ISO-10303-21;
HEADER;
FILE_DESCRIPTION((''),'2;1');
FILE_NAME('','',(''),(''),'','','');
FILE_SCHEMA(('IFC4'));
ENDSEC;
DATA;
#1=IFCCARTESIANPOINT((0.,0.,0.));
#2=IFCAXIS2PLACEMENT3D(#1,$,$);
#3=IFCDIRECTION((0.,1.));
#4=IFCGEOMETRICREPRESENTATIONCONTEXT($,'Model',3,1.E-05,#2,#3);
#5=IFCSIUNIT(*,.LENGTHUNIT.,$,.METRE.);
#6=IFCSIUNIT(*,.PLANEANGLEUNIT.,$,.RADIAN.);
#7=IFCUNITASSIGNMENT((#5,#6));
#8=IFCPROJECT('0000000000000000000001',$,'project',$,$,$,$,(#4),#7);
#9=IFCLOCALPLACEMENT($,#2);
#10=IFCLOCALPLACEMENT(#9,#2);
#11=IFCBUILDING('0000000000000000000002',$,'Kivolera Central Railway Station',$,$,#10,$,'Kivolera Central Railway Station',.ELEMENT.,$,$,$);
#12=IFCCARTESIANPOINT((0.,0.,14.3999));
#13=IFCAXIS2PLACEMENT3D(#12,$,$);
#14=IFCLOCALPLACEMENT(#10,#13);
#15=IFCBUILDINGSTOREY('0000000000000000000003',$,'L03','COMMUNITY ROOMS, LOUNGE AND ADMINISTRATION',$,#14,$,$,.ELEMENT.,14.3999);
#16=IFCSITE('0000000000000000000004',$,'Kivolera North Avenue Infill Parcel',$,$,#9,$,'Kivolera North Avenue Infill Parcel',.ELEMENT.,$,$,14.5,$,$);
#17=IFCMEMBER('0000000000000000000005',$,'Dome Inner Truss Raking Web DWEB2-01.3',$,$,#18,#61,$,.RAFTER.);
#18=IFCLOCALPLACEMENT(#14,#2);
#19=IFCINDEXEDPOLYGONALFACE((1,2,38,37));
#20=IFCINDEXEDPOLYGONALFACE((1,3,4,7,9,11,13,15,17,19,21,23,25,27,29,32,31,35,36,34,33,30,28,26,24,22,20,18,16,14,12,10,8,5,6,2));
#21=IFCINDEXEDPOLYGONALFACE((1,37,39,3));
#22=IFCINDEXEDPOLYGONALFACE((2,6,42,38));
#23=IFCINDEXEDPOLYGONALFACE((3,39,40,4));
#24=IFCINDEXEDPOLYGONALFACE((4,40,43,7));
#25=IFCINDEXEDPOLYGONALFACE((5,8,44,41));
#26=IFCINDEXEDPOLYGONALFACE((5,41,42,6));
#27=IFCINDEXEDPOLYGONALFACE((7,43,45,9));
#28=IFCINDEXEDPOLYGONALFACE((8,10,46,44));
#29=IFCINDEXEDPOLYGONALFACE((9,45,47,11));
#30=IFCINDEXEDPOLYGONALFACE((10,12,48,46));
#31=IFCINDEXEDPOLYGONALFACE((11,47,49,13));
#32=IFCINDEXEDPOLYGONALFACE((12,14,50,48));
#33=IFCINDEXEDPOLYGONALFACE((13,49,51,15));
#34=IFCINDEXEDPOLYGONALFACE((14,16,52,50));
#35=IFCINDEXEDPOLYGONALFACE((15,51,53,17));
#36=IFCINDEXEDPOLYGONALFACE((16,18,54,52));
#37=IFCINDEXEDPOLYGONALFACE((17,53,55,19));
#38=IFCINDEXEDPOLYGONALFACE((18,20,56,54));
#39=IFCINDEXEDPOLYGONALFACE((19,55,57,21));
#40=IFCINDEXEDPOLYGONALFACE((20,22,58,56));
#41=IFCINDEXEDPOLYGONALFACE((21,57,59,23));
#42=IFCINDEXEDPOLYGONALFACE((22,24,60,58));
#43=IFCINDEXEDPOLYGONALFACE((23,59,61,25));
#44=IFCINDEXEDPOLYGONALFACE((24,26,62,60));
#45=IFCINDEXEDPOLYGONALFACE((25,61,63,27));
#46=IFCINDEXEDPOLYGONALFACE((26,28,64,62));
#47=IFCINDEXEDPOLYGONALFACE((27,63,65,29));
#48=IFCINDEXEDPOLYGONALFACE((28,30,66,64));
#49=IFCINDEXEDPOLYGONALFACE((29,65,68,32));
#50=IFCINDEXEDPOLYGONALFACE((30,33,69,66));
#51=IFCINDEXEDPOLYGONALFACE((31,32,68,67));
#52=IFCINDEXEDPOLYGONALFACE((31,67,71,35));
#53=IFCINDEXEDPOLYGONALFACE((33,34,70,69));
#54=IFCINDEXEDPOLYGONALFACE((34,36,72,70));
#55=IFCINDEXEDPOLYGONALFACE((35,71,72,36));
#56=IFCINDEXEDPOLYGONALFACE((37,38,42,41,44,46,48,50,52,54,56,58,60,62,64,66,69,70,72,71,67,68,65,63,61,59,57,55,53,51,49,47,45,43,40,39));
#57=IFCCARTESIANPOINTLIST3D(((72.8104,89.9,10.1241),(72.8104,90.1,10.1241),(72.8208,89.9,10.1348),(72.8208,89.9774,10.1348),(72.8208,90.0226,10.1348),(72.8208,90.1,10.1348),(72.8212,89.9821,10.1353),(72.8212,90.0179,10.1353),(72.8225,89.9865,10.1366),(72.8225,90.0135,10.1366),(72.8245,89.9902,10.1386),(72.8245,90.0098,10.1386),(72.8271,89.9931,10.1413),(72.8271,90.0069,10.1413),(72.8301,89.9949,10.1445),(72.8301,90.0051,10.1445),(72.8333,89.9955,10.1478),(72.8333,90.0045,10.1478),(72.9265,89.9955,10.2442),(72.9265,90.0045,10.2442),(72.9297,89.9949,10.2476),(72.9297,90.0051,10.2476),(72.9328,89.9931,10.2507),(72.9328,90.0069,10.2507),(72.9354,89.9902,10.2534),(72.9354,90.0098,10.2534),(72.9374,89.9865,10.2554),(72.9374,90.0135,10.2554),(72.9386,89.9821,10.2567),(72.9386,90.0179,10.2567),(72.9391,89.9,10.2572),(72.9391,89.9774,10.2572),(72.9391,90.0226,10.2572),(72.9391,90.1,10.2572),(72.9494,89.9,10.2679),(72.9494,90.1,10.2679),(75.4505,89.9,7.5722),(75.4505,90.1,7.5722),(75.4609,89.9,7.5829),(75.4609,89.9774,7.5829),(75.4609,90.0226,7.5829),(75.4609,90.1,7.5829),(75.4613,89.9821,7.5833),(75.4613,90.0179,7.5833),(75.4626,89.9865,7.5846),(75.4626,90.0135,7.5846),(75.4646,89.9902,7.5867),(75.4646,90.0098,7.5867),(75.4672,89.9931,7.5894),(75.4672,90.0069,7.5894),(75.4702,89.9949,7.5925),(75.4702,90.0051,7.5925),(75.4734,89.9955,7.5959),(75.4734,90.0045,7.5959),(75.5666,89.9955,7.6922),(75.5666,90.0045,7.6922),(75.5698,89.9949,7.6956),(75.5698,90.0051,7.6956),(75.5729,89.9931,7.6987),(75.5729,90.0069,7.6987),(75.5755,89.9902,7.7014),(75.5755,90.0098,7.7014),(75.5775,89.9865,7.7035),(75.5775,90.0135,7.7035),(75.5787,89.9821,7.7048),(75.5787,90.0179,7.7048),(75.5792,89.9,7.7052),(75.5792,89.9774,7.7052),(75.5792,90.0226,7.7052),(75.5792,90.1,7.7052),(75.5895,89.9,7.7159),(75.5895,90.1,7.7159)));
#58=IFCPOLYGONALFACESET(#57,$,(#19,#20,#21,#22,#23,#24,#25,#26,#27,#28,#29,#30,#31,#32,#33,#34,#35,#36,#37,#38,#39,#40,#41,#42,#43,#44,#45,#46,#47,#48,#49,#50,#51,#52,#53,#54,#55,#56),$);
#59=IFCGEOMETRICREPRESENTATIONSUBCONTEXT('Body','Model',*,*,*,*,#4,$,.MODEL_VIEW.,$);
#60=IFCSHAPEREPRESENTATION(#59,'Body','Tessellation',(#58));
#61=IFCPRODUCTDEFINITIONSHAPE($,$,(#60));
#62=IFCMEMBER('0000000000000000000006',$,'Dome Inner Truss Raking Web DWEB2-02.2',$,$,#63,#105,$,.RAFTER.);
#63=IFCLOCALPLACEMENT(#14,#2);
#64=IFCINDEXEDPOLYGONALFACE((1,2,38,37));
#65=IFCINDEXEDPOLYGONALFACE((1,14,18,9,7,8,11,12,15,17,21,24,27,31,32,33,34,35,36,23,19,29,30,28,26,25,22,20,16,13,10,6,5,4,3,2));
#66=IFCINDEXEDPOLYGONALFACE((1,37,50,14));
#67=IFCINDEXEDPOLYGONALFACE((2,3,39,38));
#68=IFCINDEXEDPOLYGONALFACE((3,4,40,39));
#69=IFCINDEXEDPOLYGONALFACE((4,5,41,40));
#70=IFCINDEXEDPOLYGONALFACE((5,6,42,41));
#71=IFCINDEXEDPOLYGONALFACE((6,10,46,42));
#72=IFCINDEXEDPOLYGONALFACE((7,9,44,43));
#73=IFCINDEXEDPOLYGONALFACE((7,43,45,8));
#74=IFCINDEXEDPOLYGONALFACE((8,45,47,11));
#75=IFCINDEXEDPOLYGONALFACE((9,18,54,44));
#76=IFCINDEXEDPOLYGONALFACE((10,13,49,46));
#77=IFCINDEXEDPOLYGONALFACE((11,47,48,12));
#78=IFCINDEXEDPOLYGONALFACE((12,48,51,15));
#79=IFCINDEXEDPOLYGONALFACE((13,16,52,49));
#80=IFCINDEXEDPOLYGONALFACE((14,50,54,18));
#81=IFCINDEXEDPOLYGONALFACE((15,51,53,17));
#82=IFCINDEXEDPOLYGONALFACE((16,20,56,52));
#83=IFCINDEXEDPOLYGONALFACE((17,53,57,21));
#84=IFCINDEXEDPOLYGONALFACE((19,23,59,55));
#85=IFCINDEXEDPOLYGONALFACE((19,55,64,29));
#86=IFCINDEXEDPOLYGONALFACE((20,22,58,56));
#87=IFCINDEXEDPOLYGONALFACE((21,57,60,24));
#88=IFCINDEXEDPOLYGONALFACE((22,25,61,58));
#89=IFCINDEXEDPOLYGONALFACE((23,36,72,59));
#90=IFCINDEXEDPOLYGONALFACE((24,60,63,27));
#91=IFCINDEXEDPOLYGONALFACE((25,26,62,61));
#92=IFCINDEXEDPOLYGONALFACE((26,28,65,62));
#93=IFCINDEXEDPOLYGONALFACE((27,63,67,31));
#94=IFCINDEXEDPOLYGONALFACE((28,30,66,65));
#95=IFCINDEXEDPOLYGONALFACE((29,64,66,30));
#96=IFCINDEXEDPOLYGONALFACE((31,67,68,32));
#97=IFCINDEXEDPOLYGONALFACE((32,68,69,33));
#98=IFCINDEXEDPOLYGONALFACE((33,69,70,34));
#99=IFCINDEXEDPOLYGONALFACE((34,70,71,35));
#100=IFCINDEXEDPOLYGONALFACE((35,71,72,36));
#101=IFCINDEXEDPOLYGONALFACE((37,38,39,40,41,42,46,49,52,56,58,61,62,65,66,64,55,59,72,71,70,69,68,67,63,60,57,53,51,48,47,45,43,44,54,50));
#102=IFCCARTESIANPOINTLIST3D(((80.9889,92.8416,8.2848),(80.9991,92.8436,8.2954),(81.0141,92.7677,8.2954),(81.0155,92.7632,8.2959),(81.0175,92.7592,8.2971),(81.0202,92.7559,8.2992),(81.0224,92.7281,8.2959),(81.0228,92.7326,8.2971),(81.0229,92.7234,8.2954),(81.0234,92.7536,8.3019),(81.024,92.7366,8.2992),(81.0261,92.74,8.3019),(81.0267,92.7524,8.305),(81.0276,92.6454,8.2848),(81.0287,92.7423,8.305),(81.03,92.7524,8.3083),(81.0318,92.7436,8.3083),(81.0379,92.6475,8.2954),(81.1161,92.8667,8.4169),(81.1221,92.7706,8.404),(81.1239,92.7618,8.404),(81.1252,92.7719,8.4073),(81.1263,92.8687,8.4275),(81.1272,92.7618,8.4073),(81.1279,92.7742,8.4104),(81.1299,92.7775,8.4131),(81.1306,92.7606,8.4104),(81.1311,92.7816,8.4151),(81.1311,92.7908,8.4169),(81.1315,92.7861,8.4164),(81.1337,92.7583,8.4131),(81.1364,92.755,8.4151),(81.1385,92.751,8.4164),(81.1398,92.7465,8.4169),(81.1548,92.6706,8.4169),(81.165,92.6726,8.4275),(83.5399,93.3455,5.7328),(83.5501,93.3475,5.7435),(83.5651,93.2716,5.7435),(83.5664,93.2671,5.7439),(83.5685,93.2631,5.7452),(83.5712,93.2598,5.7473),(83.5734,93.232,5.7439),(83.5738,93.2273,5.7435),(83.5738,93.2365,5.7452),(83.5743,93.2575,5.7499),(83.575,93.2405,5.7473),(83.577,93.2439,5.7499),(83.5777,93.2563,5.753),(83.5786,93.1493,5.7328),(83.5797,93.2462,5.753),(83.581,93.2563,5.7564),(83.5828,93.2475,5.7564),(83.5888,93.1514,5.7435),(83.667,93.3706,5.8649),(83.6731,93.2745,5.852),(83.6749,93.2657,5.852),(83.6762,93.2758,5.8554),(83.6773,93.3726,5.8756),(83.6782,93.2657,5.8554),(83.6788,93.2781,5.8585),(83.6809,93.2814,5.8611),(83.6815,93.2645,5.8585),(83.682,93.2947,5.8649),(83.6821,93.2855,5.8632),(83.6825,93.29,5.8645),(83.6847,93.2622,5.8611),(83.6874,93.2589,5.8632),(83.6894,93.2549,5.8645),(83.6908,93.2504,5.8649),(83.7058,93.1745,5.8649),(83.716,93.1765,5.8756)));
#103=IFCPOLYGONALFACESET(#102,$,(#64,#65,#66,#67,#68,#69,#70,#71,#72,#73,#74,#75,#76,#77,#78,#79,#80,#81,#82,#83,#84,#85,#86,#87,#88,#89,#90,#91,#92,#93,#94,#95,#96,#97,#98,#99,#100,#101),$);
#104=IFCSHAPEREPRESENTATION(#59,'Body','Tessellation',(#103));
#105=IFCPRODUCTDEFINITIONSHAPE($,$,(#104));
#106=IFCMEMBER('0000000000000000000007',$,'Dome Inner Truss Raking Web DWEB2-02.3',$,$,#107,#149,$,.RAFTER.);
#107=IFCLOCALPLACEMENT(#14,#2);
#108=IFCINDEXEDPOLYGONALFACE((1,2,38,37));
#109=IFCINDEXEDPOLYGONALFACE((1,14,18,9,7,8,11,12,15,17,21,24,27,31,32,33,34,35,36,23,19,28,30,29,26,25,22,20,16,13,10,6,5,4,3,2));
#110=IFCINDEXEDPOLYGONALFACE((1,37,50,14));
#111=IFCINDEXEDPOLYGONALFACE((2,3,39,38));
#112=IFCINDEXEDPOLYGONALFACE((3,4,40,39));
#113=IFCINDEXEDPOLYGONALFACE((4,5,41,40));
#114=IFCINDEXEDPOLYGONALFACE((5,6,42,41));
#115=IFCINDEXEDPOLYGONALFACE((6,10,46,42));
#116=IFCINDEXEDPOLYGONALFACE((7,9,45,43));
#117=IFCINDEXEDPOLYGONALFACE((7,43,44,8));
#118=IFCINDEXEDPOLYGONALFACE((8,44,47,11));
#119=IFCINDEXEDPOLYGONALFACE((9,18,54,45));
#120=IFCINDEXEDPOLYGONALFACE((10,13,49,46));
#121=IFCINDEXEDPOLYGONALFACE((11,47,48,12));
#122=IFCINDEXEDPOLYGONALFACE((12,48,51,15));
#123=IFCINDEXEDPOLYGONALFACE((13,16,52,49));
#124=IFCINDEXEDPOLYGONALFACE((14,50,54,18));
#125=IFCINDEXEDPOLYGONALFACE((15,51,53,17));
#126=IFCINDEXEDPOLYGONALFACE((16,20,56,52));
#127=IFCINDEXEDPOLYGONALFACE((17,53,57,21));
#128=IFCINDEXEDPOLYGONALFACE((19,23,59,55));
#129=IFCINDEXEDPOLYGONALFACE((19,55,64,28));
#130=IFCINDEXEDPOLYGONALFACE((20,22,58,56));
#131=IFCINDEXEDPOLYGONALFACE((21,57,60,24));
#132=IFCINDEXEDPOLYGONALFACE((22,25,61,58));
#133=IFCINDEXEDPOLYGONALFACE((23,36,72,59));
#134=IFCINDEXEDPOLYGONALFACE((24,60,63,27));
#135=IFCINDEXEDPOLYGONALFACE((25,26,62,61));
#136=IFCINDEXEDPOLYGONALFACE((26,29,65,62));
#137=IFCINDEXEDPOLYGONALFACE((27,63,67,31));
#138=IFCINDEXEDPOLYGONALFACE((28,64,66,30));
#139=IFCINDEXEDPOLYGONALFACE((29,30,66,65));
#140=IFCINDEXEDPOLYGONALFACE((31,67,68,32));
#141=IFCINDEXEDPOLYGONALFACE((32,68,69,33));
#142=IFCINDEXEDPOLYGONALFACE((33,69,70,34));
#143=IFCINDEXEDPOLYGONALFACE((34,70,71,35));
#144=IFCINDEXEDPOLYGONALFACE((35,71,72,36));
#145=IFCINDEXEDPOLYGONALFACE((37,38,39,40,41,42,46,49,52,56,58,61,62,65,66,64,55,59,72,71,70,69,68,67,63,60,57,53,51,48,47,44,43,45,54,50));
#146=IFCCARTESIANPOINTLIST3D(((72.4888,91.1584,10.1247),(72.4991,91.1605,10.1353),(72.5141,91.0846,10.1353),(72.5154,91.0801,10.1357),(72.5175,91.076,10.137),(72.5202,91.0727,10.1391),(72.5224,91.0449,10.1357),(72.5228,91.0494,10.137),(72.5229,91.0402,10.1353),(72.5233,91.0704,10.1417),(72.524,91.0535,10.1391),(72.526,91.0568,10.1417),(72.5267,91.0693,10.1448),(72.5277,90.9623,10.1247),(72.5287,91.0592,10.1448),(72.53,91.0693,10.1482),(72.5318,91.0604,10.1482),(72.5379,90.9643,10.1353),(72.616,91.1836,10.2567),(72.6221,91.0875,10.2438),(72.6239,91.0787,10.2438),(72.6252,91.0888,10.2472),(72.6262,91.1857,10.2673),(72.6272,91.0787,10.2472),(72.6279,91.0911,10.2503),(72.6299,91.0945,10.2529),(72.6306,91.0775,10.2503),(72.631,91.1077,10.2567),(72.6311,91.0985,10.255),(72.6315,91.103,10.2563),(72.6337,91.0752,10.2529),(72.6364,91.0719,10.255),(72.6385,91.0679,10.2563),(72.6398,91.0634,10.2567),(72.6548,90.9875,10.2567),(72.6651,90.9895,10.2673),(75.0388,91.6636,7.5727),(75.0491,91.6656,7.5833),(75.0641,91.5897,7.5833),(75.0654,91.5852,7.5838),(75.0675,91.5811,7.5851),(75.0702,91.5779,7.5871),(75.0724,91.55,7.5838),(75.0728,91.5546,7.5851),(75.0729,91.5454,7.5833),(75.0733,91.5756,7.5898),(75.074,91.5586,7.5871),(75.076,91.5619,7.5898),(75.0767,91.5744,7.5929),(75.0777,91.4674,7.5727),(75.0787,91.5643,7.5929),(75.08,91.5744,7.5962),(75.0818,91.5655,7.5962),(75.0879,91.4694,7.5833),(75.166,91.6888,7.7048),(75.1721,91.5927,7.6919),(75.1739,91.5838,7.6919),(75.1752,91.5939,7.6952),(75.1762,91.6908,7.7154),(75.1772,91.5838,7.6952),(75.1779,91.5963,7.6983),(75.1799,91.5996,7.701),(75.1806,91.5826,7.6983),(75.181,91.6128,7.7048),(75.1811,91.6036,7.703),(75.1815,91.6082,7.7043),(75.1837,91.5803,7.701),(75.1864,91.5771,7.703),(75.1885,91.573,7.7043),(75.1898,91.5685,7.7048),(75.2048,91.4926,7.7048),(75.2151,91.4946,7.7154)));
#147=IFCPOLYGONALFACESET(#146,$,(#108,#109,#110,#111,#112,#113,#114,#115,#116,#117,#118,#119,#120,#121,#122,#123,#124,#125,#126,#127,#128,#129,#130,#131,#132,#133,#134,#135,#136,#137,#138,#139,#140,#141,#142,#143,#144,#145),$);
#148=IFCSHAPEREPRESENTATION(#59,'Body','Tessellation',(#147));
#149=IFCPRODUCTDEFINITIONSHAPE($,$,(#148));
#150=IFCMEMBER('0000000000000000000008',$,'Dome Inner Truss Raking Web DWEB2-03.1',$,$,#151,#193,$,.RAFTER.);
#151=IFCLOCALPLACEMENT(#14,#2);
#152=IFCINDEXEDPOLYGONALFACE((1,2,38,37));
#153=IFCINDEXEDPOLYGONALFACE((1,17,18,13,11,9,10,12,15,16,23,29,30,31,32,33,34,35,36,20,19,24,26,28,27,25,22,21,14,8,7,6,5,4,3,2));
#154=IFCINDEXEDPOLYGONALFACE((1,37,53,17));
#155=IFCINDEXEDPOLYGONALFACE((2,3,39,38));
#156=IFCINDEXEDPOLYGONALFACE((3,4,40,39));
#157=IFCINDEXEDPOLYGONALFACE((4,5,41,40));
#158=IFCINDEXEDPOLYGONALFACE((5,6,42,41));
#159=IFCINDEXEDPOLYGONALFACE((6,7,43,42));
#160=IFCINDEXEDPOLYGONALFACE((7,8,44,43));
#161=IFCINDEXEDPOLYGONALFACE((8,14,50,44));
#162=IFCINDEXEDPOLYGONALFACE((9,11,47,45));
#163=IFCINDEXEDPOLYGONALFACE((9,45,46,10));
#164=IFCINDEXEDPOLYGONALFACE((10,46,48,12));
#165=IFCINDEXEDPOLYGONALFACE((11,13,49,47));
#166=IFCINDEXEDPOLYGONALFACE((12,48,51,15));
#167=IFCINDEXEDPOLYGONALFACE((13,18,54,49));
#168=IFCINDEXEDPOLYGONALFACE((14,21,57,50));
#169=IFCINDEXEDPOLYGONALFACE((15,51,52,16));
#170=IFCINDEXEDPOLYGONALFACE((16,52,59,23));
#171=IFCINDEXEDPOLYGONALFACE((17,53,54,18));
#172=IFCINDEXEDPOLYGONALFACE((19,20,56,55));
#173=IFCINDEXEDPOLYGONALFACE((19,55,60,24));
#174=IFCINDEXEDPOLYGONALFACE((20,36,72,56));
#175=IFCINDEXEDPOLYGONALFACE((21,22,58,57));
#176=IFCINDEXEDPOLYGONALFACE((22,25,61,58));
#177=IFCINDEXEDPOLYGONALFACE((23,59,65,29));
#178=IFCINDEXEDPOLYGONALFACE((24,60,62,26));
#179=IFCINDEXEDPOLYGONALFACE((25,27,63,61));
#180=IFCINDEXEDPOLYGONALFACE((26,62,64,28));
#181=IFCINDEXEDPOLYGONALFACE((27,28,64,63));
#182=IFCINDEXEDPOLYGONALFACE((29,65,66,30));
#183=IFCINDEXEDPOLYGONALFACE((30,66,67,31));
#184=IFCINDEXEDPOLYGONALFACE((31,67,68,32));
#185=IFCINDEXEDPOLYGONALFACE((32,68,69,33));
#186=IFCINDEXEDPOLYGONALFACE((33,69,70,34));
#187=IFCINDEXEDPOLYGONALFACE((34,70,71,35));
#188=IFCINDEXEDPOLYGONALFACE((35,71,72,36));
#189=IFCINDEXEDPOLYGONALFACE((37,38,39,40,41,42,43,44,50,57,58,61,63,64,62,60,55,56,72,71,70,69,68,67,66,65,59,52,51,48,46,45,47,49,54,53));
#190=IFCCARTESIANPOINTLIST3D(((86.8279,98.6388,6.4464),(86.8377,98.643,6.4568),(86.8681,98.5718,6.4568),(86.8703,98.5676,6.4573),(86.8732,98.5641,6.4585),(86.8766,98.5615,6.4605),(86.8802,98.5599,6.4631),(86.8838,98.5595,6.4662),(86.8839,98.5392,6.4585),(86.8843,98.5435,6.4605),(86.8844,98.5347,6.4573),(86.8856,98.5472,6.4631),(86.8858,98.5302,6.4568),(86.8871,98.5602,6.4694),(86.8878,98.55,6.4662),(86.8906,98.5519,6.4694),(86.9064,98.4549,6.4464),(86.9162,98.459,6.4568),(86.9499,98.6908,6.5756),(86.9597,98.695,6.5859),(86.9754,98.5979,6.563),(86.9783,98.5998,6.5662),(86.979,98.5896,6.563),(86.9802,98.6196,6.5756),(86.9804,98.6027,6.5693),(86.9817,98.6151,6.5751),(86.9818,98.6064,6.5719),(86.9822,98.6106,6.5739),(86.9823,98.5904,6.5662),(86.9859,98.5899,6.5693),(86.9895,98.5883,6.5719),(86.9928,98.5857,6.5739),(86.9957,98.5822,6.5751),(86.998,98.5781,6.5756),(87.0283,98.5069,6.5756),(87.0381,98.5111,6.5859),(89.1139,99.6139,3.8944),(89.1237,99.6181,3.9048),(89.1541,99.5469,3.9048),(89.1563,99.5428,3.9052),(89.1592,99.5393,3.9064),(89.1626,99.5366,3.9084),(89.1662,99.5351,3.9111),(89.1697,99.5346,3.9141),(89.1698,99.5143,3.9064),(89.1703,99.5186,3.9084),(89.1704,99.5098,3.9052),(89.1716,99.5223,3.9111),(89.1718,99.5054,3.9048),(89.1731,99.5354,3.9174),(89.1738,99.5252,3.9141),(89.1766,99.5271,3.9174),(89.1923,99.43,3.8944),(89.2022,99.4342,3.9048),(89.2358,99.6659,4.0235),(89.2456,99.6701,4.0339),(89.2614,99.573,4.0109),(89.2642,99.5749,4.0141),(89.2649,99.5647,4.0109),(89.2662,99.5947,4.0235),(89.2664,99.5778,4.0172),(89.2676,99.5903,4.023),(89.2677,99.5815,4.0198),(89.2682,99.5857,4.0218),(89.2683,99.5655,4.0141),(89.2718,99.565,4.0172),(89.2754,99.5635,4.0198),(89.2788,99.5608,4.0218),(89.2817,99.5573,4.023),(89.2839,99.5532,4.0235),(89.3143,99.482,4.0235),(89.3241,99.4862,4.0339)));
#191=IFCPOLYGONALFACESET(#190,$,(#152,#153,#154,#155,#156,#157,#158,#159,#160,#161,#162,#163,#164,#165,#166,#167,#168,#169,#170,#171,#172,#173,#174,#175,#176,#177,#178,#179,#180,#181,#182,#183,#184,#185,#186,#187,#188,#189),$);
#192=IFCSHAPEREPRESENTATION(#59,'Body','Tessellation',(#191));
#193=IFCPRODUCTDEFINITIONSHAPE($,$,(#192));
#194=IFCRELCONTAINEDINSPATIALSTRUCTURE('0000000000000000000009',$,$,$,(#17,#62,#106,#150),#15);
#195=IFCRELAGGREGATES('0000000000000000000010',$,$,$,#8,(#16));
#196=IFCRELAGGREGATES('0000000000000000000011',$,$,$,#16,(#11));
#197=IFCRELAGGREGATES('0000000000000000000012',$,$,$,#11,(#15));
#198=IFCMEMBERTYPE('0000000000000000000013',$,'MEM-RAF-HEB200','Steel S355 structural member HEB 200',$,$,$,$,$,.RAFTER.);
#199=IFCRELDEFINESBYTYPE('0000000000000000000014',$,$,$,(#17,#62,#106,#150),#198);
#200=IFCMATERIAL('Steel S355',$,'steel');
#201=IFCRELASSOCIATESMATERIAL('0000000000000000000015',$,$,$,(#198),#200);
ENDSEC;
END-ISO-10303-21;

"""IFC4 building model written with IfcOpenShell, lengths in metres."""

from ifc_helpers import new_model, si_unit, direction, frame, origin, origin_2d, place, context, subcontext, project, spatial, i_section, extrude, material, material_profile, profile_set, type_object, element, save


model = new_model("IFC4")

# Units and contexts
model_context = context("Model", 3, precision=1e-05, world=origin(), true_north=direction((0.0, 1.0)))
body_context = subcontext(model_context, "Body", "Model", "MODEL_VIEW")
ifc_project = project(units=[si_unit("LENGTHUNIT", "METRE"), si_unit("PLANEANGLEUNIT", "RADIAN")], contexts=[model_context])

# Site, building, storey
site_placement = place(None, origin())
site = spatial("IfcSite", under=ifc_project, at=site_placement, Name="Kivolera North Avenue Infill Parcel", LongName="Kivolera North Avenue Infill Parcel", CompositionType="ELEMENT", RefElevation=14.5)
building_placement = place(site_placement, origin())
building = spatial("IfcBuilding", under=site, at=building_placement, Name="Kivolera Central Railway Station", LongName="Kivolera Central Railway Station", CompositionType="ELEMENT")
storey_placement = place(building_placement, frame((0.0, 0.0, 14.3999)))
storey = spatial("IfcBuildingStorey", under=building, at=storey_placement, Name="L03", Description="COMMUNITY ROOMS, LOUNGE AND ADMINISTRATION", CompositionType="ELEMENT", Elevation=14.3999)

# Shared definitions
ifc_material_1 = material(Name="Steel S355", Category="steel")

# Members
ifc_material_profile_1 = material_profile(ifc_material_1, i_section(OverallWidth=0.2, OverallDepth=0.2, WebThickness=0.009, FlangeThickness=0.0149, FilletRadius=0.0181, at=origin_2d()), Name="HEB 200")
ifc_profile_set_1 = profile_set([ifc_material_profile_1], Name="Steel S355")
member_type_1 = type_object("IfcMemberType", Name="MEM-RAF-HEB200", Description="Steel S355 structural member HEB 200", PredefinedType="RAFTER", material=ifc_profile_set_1)
for number, where, z_axis, x_axis, name in (
    (1, (75.52, 90.0, 7.644), (-0.719006, 0.0, 0.695004), (0.0, -1.0, 0.0), "Dome Inner Truss Raking Web DWEB2-01.3"),
):
    element("IfcMember", number, at=place(storey_placement, frame(where, z_axis=z_axis, x_axis=x_axis)), inside=storey, type_object=member_type_1, Name=name, PredefinedType="RAFTER", context=body_context, shape_type="SweptSolid", body=[
        extrude(i_section(OverallWidth=0.2, OverallDepth=0.2, WebThickness=0.009, FlangeThickness=0.0149, FilletRadius=0.0181, at=origin_2d()), origin(), (0.0, 0.0, 1.0), 3.6719),
    ])
member_1_placement = place(storey_placement, frame((83.6279, 93.261, 5.8042), z_axis=(-0.700177, -0.138307, 0.700445), x_axis=(0.193786, -0.981044, 0.0)))
element("IfcMember", 2, at=member_1_placement, inside=storey, type_object=member_type_1, Name="Dome Inner Truss Raking Web DWEB2-02.2", PredefinedType="RAFTER", context=body_context, shape_type="SweptSolid", body=[
    extrude(i_section(OverallWidth=0.2, OverallDepth=0.2, WebThickness=0.009, FlangeThickness=0.0149, FilletRadius=0.0181, at=origin_2d()), origin(), (0.0, 0.0, 1.0), 3.6433),
])
member_2_placement = place(storey_placement, frame((75.127, 91.5791, 7.644), z_axis=(-0.700008, -0.138661, 0.700544), x_axis=(0.19431, -0.98094, 0.0)))
element("IfcMember", 3, at=member_2_placement, inside=storey, type_object=member_type_1, Name="Dome Inner Truss Raking Web DWEB2-02.3", PredefinedType="RAFTER", context=body_context, shape_type="SweptSolid", body=[
    extrude(i_section(OverallWidth=0.2, OverallDepth=0.2, WebThickness=0.009, FlangeThickness=0.0149, FilletRadius=0.0181, at=origin_2d()), origin(), (0.0, 0.0, 1.0), 3.6428),
])
member_3_placement = place(storey_placement, frame((89.219, 99.55, 3.9641), z_axis=(-0.641718, -0.27374, 0.716425), x_axis=(0.392366, -0.919809, 0.0)))
element("IfcMember", 4, at=member_3_placement, inside=storey, type_object=member_type_1, Name="Dome Inner Truss Raking Web DWEB2-03.1", PredefinedType="RAFTER", context=body_context, shape_type="SweptSolid", body=[
    extrude(i_section(OverallWidth=0.2, OverallDepth=0.2, WebThickness=0.009, FlangeThickness=0.0149, FilletRadius=0.0181, at=origin_2d()), origin(), (0.0, 0.0, 1.0), 3.5623),
])

save(model, "model.ifc")
